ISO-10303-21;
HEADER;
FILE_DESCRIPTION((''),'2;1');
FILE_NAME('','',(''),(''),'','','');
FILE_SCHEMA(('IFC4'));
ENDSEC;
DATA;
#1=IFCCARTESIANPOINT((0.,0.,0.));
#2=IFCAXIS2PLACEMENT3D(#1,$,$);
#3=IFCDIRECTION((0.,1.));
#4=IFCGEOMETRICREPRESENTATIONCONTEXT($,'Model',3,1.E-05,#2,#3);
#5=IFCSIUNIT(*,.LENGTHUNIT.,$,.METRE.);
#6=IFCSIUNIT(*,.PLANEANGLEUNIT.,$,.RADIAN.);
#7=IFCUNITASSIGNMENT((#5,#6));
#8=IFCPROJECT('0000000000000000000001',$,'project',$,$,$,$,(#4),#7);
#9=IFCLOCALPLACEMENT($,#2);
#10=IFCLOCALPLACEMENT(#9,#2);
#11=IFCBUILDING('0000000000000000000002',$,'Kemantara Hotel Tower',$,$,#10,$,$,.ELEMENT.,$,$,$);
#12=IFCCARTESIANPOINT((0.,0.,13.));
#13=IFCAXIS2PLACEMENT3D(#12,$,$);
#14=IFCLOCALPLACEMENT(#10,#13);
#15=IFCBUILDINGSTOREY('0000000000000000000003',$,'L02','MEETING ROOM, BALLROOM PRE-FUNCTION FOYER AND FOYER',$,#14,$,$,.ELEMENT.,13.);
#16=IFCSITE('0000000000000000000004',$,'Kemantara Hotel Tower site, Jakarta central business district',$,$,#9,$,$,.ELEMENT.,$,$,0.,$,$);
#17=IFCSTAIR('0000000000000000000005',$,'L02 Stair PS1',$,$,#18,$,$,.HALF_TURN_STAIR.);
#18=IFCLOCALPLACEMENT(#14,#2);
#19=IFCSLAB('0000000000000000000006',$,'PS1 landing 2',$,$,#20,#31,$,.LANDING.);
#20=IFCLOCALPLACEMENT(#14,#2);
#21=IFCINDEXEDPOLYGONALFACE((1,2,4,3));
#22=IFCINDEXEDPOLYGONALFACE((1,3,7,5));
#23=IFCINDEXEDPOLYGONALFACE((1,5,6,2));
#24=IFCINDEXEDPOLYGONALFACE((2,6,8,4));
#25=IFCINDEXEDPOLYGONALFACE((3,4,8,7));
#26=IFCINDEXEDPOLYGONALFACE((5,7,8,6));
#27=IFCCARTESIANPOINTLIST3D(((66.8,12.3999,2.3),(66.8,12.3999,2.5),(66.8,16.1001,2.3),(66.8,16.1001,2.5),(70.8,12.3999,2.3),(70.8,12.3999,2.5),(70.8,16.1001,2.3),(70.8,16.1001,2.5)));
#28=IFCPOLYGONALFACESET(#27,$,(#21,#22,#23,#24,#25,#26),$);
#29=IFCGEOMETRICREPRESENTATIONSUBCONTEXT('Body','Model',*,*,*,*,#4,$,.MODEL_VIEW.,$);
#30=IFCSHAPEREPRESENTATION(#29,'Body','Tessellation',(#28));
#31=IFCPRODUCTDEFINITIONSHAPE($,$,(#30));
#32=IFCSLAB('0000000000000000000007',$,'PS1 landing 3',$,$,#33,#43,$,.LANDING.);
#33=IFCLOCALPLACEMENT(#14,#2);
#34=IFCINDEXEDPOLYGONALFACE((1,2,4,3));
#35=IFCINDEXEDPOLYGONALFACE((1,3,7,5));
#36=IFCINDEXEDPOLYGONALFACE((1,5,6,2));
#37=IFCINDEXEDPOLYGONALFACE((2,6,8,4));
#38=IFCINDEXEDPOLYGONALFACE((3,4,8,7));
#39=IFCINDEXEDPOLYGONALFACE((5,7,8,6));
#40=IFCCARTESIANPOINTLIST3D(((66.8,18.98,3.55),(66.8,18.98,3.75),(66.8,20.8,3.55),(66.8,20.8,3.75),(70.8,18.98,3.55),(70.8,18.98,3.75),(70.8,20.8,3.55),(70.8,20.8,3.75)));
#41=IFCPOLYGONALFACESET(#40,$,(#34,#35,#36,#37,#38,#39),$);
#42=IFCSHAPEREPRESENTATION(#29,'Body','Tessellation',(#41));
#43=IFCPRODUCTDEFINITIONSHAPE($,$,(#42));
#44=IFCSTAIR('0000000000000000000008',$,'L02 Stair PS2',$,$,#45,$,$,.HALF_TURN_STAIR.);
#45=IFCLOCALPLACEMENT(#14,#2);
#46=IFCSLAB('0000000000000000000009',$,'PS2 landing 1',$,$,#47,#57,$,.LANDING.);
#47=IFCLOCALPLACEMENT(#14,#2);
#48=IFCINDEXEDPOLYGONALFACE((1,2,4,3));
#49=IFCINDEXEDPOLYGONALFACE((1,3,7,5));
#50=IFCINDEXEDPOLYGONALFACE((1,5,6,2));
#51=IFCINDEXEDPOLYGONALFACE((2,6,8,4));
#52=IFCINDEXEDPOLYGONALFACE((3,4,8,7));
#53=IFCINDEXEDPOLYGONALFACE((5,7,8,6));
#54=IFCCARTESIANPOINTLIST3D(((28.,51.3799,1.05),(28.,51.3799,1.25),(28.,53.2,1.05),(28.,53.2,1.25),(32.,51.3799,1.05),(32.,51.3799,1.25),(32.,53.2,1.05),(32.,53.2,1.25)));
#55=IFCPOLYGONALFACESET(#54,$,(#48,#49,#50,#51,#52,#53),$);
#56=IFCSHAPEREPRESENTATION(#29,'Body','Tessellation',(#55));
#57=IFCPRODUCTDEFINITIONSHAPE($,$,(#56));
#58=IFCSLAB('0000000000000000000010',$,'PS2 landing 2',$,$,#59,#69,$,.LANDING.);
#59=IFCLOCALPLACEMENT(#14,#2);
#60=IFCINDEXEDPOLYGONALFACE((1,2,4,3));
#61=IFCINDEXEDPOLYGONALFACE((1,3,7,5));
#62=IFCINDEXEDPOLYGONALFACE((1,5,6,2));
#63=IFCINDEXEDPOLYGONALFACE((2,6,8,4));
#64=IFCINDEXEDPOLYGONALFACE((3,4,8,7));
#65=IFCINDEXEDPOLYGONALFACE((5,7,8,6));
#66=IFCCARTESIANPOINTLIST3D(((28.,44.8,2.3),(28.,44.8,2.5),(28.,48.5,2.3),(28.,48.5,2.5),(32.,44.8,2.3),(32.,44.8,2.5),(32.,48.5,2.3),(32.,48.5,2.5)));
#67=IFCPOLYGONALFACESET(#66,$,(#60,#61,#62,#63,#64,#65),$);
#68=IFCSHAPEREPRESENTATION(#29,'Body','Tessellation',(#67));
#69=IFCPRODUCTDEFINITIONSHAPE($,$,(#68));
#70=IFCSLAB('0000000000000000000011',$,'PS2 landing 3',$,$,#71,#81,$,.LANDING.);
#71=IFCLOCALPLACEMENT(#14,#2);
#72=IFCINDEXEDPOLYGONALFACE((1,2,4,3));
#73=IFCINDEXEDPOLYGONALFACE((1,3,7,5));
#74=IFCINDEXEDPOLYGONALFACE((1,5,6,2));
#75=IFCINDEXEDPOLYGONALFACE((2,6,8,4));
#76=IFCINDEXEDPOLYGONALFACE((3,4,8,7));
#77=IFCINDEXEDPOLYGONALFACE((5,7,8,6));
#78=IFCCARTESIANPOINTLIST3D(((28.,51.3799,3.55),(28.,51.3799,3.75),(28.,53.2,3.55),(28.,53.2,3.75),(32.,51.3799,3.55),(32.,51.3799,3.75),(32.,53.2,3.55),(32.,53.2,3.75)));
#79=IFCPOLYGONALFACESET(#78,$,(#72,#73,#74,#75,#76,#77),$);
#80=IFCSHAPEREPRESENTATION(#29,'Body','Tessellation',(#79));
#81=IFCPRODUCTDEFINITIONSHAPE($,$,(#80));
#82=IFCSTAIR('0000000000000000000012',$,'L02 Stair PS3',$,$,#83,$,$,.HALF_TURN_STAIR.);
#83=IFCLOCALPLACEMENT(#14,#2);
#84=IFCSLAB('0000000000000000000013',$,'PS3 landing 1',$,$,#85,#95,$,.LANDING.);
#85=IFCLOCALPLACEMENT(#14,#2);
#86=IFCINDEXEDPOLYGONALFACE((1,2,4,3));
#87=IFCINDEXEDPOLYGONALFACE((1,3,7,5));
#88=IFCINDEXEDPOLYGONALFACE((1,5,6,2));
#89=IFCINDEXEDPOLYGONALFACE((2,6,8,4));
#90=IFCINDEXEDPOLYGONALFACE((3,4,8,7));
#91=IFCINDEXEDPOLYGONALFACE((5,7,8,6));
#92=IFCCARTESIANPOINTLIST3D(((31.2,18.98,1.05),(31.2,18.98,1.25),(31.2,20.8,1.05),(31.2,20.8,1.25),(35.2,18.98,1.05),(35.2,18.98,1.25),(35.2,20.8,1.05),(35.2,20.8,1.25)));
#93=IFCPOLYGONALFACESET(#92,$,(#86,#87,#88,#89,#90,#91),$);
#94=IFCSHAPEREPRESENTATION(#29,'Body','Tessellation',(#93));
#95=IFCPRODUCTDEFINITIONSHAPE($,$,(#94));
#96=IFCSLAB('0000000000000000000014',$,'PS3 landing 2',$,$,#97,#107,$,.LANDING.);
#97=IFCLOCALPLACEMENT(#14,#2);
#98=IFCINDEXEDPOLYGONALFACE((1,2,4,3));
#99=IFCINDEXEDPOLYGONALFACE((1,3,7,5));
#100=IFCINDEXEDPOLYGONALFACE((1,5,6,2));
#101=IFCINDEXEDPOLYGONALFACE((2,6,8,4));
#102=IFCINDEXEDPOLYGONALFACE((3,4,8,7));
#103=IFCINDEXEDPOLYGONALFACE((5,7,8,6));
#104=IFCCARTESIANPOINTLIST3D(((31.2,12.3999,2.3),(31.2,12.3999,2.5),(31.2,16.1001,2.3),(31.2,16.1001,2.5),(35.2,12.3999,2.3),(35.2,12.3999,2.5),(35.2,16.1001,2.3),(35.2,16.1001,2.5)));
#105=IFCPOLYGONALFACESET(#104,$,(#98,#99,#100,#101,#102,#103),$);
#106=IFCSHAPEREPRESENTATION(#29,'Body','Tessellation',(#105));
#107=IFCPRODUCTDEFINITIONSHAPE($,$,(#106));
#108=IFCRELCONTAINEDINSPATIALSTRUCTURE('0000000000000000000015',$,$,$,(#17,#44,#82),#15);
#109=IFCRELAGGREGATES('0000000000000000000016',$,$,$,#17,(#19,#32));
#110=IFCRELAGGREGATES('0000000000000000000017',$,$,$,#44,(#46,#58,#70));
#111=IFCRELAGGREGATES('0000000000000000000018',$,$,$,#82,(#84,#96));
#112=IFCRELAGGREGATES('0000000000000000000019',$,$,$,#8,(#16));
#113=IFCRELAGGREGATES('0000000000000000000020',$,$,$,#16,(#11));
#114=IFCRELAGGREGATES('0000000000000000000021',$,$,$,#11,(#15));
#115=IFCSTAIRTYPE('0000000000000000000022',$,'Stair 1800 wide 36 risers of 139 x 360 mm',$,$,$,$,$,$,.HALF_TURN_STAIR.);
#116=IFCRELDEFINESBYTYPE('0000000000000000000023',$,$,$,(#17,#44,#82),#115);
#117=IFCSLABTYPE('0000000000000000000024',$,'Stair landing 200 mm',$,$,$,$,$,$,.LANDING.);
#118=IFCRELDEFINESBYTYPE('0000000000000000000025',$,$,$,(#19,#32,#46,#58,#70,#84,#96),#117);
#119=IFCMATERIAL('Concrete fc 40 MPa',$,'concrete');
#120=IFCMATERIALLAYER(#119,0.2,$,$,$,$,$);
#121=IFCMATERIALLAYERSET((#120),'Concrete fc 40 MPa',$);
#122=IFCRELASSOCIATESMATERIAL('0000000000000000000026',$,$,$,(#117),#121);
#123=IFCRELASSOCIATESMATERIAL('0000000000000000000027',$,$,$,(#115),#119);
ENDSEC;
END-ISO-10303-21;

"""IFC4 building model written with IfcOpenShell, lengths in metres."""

from ifc_helpers import new_model, si_unit, direction, frame, origin, place, context, subcontext, project, spatial, polyline, outline, extrude, material, layer, layer_set, type_object, element, aggregate, save


model = new_model("IFC4")

# Units and contexts
model_context = context("Model", 3, precision=1e-05, world=origin(), true_north=direction((0.0, 1.0)))
body_context = subcontext(model_context, "Body", "Model", "MODEL_VIEW")
ifc_project = project(units=[si_unit("LENGTHUNIT", "METRE"), si_unit("PLANEANGLEUNIT", "RADIAN")], contexts=[model_context])

# Site, building, storey
site_placement = place(None, origin())
site = spatial("IfcSite", under=ifc_project, at=site_placement, Name="Kemantara Hotel Tower site, Jakarta central business district", CompositionType="ELEMENT", RefElevation=0.0)
building_placement = place(site_placement, origin())
building = spatial("IfcBuilding", under=site, at=building_placement, Name="Kemantara Hotel Tower", CompositionType="ELEMENT")
storey_placement = place(building_placement, frame((0.0, 0.0, 13.0)))
storey = spatial("IfcBuildingStorey", under=building, at=storey_placement, Name="L02", Description="MEETING ROOM, BALLROOM PRE-FUNCTION FOYER AND FOYER", CompositionType="ELEMENT", Elevation=13.0)

# Shared definitions
ifc_material = material(Name="Concrete fc 40 MPa", Category="concrete")

# Stairs, slabs
ifc_layer_1 = layer(ifc_material, 0.2)
ifc_layer_set_1 = layer_set([ifc_layer_1], Name="Concrete fc 40 MPa")
slab_type_1 = type_object("IfcSlabType", Name="Stair landing 200 mm", PredefinedType="LANDING", material=ifc_layer_set_1)
stair_type_1 = type_object("IfcStairType", Name="Stair 1800 wide 36 risers of 139 x 360 mm", PredefinedType="HALF_TURN_STAIR", material=ifc_material)
stair_1_placement = place(storey_placement, origin())
stair_1 = element("IfcStair", 1, at=stair_1_placement, inside=storey, type_object=stair_type_1, Name="L02 Stair PS1", PredefinedType="HALF_TURN_STAIR")
slab_1_placement = place(storey_placement, frame((0.0, 0.0, 2.3)))
slab_1 = element("IfcSlab", 2, at=slab_1_placement, type_object=slab_type_1, Name="PS1 landing 2", PredefinedType="LANDING", context=body_context, shape_type="SweptSolid", body=[
    extrude(outline(polyline([(70.8, 12.3999), (70.8, 16.1001), (66.8, 16.1001), (66.8, 12.3999), (70.8, 12.3999)])), origin(), (0.0, 0.0, 1.0), 0.2),
])
slab_2_placement = place(storey_placement, frame((0.0, 0.0, 3.55)))
slab_2 = element("IfcSlab", 3, at=slab_2_placement, type_object=slab_type_1, Name="PS1 landing 3", PredefinedType="LANDING", context=body_context, shape_type="SweptSolid", body=[
    extrude(outline(polyline([(70.8, 18.98), (70.8, 20.8), (66.8, 20.8), (66.8, 18.98), (70.8, 18.98)])), origin(), (0.0, 0.0, 1.0), 0.2),
])
aggregate(stair_1, [slab_1, slab_2])
stair_2_placement = place(storey_placement, origin())
stair_2 = element("IfcStair", 4, at=stair_2_placement, inside=storey, type_object=stair_type_1, Name="L02 Stair PS2", PredefinedType="HALF_TURN_STAIR")
slab_3_placement = place(storey_placement, frame((0.0, 0.0, 1.05)))
slab_3 = element("IfcSlab", 5, at=slab_3_placement, type_object=slab_type_1, Name="PS2 landing 1", PredefinedType="LANDING", context=body_context, shape_type="SweptSolid", body=[
    extrude(outline(polyline([(32.0, 51.3799), (32.0, 53.2), (28.0, 53.2), (28.0, 51.3799), (32.0, 51.3799)])), origin(), (0.0, 0.0, 1.0), 0.2),
])
slab_4_placement = place(storey_placement, frame((0.0, 0.0, 2.3)))
slab_4 = element("IfcSlab", 6, at=slab_4_placement, type_object=slab_type_1, Name="PS2 landing 2", PredefinedType="LANDING", context=body_context, shape_type="SweptSolid", body=[
    extrude(outline(polyline([(32.0, 44.8), (32.0, 48.5), (28.0, 48.5), (28.0, 44.8), (32.0, 44.8)])), origin(), (0.0, 0.0, 1.0), 0.2),
])
slab_5_placement = place(storey_placement, frame((0.0, 0.0, 3.55)))
slab_5 = element("IfcSlab", 7, at=slab_5_placement, type_object=slab_type_1, Name="PS2 landing 3", PredefinedType="LANDING", context=body_context, shape_type="SweptSolid", body=[
    extrude(outline(polyline([(32.0, 51.3799), (32.0, 53.2), (28.0, 53.2), (28.0, 51.3799), (32.0, 51.3799)])), origin(), (0.0, 0.0, 1.0), 0.2),
])
aggregate(stair_2, [slab_3, slab_4, slab_5])
stair_3_placement = place(storey_placement, origin())
stair_3 = element("IfcStair", 8, at=stair_3_placement, inside=storey, type_object=stair_type_1, Name="L02 Stair PS3", PredefinedType="HALF_TURN_STAIR")
slab_6_placement = place(storey_placement, frame((0.0, 0.0, 1.05)))
slab_6 = element("IfcSlab", 9, at=slab_6_placement, type_object=slab_type_1, Name="PS3 landing 1", PredefinedType="LANDING", context=body_context, shape_type="SweptSolid", body=[
    extrude(outline(polyline([(35.2, 18.98), (35.2, 20.8), (31.2, 20.8), (31.2, 18.98), (35.2, 18.98)])), origin(), (0.0, 0.0, 1.0), 0.2),
])
slab_7_placement = place(storey_placement, frame((0.0, 0.0, 2.3)))
slab_7 = element("IfcSlab", 10, at=slab_7_placement, type_object=slab_type_1, Name="PS3 landing 2", PredefinedType="LANDING", context=body_context, shape_type="SweptSolid", body=[
    extrude(outline(polyline([(35.2, 12.3999), (35.2, 16.1001), (31.2, 16.1001), (31.2, 12.3999), (35.2, 12.3999)])), origin(), (0.0, 0.0, 1.0), 0.2),
])
aggregate(stair_3, [slab_6, slab_7])

save(model, "model.ifc")
